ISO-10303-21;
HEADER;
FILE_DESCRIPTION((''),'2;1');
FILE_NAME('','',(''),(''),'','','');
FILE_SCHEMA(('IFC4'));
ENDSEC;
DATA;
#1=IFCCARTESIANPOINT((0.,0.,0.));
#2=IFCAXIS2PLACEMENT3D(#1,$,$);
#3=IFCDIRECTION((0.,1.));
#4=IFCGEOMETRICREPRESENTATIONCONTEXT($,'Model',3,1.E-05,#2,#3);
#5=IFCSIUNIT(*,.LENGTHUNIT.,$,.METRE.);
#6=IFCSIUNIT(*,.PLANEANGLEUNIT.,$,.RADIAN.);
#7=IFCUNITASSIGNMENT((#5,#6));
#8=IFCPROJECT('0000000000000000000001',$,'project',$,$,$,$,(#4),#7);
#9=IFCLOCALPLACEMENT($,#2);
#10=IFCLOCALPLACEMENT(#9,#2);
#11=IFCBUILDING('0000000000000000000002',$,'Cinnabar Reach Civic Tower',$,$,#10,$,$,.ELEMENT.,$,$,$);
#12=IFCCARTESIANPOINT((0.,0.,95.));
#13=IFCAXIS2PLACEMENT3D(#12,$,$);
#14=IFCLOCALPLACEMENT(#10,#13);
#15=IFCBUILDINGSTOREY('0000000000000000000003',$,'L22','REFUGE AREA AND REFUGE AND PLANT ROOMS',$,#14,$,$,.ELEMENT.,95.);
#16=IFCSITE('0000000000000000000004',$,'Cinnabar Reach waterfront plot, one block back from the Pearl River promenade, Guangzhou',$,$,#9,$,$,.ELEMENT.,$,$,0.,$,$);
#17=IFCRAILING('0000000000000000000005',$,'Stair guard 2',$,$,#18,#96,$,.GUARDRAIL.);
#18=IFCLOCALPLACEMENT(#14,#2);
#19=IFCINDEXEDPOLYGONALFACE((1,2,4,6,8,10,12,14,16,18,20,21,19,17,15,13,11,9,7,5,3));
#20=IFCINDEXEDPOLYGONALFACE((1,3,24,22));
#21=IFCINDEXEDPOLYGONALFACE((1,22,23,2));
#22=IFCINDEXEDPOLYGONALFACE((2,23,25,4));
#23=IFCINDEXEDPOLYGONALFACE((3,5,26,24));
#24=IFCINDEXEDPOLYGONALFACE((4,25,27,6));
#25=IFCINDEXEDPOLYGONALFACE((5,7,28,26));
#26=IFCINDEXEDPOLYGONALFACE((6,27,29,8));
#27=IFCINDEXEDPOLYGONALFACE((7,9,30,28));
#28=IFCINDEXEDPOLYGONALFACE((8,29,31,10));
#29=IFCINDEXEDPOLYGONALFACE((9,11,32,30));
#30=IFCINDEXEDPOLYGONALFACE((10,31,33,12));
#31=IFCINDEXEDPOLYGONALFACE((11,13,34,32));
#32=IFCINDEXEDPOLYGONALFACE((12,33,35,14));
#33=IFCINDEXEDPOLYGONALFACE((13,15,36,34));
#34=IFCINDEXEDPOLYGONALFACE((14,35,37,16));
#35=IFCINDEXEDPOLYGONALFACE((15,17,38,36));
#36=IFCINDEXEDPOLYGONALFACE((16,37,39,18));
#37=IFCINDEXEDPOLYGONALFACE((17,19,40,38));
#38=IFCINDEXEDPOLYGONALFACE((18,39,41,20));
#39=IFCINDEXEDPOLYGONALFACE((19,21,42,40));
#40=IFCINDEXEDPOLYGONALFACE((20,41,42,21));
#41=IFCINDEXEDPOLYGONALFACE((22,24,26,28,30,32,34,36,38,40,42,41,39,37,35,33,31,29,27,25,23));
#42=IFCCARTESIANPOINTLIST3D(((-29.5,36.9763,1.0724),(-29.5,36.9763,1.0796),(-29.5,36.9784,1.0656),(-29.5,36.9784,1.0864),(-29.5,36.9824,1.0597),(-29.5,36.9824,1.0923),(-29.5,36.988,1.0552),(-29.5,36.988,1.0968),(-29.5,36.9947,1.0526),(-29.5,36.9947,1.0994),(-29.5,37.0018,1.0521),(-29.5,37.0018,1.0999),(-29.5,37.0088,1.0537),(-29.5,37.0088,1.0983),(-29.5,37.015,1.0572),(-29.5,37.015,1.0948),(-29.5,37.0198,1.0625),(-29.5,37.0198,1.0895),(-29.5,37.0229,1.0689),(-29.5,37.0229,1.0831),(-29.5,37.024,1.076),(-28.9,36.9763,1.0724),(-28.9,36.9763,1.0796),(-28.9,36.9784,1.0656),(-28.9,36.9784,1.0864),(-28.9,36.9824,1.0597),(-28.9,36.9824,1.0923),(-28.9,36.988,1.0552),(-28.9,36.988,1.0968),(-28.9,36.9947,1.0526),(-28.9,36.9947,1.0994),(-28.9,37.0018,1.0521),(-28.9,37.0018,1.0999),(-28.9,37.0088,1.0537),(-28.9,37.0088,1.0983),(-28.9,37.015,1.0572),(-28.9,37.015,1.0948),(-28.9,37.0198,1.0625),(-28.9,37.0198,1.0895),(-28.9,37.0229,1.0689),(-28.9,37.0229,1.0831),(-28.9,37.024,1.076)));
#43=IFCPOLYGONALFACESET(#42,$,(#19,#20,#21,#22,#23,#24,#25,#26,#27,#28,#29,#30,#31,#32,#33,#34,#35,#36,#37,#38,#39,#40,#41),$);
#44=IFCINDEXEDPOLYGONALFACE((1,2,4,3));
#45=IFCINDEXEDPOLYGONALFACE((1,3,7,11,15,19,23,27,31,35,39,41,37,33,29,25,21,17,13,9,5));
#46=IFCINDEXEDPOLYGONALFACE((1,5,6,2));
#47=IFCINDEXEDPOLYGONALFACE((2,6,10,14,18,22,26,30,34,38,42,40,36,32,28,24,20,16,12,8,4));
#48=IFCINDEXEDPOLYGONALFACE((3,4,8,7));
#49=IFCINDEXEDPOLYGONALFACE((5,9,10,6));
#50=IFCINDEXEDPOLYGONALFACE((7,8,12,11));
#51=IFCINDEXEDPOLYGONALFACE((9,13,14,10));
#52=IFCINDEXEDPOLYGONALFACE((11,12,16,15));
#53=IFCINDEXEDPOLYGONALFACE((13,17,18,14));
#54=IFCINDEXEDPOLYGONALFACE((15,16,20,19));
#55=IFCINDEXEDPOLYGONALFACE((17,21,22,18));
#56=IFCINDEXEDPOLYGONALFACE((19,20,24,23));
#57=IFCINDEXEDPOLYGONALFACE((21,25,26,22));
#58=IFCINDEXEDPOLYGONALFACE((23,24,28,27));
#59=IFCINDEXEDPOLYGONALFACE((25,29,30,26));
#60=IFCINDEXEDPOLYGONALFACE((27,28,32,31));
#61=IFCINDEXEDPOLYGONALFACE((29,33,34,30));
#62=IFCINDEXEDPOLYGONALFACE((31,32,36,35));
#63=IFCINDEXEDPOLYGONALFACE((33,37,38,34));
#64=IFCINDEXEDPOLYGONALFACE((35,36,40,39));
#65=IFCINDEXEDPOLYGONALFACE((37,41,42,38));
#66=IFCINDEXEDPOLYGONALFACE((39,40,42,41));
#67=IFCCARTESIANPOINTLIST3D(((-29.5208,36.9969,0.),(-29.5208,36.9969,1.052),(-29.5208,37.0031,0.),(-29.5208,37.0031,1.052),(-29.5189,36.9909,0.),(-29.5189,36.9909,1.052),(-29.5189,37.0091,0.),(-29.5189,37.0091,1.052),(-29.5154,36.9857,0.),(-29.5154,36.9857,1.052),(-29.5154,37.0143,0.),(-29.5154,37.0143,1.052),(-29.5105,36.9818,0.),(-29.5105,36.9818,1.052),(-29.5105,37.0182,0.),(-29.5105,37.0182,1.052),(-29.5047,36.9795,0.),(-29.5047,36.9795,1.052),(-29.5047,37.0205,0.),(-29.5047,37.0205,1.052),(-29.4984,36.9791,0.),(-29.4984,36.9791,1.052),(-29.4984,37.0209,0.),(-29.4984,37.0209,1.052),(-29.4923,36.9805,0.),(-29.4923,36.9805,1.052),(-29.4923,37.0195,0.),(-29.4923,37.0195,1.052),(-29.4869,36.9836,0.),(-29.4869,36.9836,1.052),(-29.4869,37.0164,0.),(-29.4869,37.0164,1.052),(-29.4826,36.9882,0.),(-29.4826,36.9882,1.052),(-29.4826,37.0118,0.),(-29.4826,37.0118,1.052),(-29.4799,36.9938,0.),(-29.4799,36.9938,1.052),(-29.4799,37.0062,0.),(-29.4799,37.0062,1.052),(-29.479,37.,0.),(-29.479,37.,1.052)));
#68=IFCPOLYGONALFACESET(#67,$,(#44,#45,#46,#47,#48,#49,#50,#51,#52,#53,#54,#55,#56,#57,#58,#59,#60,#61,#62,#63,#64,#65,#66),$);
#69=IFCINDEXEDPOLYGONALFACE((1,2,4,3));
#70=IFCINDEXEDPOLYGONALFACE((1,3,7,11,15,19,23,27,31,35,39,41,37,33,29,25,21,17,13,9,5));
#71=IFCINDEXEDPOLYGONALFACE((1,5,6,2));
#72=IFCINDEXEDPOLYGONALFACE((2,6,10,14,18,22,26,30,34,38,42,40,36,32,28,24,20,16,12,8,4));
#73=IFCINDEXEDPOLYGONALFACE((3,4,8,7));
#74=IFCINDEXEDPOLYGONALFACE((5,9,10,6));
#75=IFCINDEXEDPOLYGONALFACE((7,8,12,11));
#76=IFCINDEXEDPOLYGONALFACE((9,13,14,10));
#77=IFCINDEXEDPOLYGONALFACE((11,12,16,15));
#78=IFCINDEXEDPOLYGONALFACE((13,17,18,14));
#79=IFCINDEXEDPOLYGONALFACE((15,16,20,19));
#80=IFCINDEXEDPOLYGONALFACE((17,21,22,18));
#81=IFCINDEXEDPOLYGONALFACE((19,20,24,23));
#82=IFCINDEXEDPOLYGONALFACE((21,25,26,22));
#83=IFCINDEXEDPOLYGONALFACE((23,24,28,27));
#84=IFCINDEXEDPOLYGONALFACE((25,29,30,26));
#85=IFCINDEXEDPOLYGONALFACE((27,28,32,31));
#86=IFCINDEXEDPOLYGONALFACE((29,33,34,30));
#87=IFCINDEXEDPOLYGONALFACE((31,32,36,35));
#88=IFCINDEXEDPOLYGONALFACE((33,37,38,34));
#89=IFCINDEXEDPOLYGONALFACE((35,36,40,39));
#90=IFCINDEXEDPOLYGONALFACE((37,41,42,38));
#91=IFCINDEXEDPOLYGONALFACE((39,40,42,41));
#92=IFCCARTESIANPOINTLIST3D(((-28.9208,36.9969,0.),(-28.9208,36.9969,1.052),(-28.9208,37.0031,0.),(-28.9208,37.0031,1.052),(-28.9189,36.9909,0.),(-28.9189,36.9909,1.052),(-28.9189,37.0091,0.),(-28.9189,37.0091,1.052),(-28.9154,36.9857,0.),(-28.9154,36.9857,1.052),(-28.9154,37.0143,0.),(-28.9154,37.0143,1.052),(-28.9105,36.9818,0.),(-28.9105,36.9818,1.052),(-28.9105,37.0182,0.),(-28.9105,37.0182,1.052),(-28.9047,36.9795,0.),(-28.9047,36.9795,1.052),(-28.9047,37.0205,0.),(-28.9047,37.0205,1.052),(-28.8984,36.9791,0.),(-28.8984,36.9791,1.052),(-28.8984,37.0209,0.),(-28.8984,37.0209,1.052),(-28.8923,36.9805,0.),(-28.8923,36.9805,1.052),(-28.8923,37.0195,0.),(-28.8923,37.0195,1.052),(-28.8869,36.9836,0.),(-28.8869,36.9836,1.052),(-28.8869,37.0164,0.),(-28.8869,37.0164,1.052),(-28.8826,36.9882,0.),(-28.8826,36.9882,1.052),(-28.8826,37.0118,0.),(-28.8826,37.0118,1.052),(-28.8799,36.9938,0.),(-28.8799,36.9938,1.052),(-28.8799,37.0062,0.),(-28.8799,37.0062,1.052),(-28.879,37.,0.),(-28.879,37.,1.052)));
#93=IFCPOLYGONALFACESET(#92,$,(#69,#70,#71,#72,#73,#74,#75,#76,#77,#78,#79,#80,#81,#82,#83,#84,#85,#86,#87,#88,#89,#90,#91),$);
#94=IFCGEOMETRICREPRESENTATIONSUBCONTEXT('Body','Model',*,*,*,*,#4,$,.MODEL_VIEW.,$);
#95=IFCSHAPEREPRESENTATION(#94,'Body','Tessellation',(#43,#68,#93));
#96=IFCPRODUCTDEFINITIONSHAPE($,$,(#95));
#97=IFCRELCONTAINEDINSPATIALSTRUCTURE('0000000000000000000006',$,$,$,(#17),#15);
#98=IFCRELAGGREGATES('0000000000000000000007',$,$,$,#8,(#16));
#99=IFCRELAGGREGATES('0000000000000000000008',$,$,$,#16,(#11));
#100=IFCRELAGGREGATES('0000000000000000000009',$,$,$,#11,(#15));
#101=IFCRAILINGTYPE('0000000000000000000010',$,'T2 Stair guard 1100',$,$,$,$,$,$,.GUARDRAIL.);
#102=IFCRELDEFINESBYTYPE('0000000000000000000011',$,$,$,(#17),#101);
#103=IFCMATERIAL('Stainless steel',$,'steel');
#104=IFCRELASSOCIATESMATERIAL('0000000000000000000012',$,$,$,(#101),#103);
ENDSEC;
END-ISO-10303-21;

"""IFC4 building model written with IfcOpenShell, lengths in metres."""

from ifc_helpers import new_model, si_unit, direction, frame, origin, origin_2d, place, context, subcontext, project, spatial, circle, extrude, material, type_object, element, save


model = new_model("IFC4")

# Units and contexts
model_context = context("Model", 3, precision=1e-05, world=origin(), true_north=direction((0.0, 1.0)))
body_context = subcontext(model_context, "Body", "Model", "MODEL_VIEW")
ifc_project = project(units=[si_unit("LENGTHUNIT", "METRE"), si_unit("PLANEANGLEUNIT", "RADIAN")], contexts=[model_context])

# Site, building, storey
site_placement = place(None, origin())
site = spatial("IfcSite", under=ifc_project, at=site_placement, Name="Cinnabar Reach waterfront plot, one block back from the Pearl River promenade, Guangzhou", CompositionType="ELEMENT", RefElevation=0.0)
building_placement = place(site_placement, origin())
building = spatial("IfcBuilding", under=site, at=building_placement, Name="Cinnabar Reach Civic Tower", CompositionType="ELEMENT")
storey_placement = place(building_placement, frame((0.0, 0.0, 95.0)))
storey = spatial("IfcBuildingStorey", under=building, at=storey_placement, Name="L22", Description="REFUGE AREA AND REFUGE AND PLANT ROOMS", CompositionType="ELEMENT", Elevation=95.0)

# Railing
ifc_material_1 = material(Name="Stainless steel", Category="steel")
railing_type = type_object("IfcRailingType", Name="T2 Stair guard 1100", PredefinedType="GUARDRAIL", material=ifc_material_1)
railing_1_placement = place(storey_placement, frame((-29.5, 37.0, 0.0)))
element("IfcRailing", 1, at=railing_1_placement, inside=storey, type_object=railing_type, Name="Stair guard 2", PredefinedType="GUARDRAIL", context=body_context, shape_type="SweptSolid", body=[
    extrude(circle(Radius=0.024, at=origin_2d()), frame((0.0, 0.0, 1.076), z_axis=(1.0, 0.0, 0.0), x_axis=(0.0, 1.0, 0.0)), (0.0, 0.0, 1.0), 0.6),
    extrude(circle(Radius=0.021, at=origin_2d()), origin(), (0.0, 0.0, 1.0), 1.052),
    extrude(circle(Radius=0.021, at=origin_2d()), frame((0.6, 0.0, 0.0)), (0.0, 0.0, 1.0), 1.052),
])

save(model, "model.ifc")
